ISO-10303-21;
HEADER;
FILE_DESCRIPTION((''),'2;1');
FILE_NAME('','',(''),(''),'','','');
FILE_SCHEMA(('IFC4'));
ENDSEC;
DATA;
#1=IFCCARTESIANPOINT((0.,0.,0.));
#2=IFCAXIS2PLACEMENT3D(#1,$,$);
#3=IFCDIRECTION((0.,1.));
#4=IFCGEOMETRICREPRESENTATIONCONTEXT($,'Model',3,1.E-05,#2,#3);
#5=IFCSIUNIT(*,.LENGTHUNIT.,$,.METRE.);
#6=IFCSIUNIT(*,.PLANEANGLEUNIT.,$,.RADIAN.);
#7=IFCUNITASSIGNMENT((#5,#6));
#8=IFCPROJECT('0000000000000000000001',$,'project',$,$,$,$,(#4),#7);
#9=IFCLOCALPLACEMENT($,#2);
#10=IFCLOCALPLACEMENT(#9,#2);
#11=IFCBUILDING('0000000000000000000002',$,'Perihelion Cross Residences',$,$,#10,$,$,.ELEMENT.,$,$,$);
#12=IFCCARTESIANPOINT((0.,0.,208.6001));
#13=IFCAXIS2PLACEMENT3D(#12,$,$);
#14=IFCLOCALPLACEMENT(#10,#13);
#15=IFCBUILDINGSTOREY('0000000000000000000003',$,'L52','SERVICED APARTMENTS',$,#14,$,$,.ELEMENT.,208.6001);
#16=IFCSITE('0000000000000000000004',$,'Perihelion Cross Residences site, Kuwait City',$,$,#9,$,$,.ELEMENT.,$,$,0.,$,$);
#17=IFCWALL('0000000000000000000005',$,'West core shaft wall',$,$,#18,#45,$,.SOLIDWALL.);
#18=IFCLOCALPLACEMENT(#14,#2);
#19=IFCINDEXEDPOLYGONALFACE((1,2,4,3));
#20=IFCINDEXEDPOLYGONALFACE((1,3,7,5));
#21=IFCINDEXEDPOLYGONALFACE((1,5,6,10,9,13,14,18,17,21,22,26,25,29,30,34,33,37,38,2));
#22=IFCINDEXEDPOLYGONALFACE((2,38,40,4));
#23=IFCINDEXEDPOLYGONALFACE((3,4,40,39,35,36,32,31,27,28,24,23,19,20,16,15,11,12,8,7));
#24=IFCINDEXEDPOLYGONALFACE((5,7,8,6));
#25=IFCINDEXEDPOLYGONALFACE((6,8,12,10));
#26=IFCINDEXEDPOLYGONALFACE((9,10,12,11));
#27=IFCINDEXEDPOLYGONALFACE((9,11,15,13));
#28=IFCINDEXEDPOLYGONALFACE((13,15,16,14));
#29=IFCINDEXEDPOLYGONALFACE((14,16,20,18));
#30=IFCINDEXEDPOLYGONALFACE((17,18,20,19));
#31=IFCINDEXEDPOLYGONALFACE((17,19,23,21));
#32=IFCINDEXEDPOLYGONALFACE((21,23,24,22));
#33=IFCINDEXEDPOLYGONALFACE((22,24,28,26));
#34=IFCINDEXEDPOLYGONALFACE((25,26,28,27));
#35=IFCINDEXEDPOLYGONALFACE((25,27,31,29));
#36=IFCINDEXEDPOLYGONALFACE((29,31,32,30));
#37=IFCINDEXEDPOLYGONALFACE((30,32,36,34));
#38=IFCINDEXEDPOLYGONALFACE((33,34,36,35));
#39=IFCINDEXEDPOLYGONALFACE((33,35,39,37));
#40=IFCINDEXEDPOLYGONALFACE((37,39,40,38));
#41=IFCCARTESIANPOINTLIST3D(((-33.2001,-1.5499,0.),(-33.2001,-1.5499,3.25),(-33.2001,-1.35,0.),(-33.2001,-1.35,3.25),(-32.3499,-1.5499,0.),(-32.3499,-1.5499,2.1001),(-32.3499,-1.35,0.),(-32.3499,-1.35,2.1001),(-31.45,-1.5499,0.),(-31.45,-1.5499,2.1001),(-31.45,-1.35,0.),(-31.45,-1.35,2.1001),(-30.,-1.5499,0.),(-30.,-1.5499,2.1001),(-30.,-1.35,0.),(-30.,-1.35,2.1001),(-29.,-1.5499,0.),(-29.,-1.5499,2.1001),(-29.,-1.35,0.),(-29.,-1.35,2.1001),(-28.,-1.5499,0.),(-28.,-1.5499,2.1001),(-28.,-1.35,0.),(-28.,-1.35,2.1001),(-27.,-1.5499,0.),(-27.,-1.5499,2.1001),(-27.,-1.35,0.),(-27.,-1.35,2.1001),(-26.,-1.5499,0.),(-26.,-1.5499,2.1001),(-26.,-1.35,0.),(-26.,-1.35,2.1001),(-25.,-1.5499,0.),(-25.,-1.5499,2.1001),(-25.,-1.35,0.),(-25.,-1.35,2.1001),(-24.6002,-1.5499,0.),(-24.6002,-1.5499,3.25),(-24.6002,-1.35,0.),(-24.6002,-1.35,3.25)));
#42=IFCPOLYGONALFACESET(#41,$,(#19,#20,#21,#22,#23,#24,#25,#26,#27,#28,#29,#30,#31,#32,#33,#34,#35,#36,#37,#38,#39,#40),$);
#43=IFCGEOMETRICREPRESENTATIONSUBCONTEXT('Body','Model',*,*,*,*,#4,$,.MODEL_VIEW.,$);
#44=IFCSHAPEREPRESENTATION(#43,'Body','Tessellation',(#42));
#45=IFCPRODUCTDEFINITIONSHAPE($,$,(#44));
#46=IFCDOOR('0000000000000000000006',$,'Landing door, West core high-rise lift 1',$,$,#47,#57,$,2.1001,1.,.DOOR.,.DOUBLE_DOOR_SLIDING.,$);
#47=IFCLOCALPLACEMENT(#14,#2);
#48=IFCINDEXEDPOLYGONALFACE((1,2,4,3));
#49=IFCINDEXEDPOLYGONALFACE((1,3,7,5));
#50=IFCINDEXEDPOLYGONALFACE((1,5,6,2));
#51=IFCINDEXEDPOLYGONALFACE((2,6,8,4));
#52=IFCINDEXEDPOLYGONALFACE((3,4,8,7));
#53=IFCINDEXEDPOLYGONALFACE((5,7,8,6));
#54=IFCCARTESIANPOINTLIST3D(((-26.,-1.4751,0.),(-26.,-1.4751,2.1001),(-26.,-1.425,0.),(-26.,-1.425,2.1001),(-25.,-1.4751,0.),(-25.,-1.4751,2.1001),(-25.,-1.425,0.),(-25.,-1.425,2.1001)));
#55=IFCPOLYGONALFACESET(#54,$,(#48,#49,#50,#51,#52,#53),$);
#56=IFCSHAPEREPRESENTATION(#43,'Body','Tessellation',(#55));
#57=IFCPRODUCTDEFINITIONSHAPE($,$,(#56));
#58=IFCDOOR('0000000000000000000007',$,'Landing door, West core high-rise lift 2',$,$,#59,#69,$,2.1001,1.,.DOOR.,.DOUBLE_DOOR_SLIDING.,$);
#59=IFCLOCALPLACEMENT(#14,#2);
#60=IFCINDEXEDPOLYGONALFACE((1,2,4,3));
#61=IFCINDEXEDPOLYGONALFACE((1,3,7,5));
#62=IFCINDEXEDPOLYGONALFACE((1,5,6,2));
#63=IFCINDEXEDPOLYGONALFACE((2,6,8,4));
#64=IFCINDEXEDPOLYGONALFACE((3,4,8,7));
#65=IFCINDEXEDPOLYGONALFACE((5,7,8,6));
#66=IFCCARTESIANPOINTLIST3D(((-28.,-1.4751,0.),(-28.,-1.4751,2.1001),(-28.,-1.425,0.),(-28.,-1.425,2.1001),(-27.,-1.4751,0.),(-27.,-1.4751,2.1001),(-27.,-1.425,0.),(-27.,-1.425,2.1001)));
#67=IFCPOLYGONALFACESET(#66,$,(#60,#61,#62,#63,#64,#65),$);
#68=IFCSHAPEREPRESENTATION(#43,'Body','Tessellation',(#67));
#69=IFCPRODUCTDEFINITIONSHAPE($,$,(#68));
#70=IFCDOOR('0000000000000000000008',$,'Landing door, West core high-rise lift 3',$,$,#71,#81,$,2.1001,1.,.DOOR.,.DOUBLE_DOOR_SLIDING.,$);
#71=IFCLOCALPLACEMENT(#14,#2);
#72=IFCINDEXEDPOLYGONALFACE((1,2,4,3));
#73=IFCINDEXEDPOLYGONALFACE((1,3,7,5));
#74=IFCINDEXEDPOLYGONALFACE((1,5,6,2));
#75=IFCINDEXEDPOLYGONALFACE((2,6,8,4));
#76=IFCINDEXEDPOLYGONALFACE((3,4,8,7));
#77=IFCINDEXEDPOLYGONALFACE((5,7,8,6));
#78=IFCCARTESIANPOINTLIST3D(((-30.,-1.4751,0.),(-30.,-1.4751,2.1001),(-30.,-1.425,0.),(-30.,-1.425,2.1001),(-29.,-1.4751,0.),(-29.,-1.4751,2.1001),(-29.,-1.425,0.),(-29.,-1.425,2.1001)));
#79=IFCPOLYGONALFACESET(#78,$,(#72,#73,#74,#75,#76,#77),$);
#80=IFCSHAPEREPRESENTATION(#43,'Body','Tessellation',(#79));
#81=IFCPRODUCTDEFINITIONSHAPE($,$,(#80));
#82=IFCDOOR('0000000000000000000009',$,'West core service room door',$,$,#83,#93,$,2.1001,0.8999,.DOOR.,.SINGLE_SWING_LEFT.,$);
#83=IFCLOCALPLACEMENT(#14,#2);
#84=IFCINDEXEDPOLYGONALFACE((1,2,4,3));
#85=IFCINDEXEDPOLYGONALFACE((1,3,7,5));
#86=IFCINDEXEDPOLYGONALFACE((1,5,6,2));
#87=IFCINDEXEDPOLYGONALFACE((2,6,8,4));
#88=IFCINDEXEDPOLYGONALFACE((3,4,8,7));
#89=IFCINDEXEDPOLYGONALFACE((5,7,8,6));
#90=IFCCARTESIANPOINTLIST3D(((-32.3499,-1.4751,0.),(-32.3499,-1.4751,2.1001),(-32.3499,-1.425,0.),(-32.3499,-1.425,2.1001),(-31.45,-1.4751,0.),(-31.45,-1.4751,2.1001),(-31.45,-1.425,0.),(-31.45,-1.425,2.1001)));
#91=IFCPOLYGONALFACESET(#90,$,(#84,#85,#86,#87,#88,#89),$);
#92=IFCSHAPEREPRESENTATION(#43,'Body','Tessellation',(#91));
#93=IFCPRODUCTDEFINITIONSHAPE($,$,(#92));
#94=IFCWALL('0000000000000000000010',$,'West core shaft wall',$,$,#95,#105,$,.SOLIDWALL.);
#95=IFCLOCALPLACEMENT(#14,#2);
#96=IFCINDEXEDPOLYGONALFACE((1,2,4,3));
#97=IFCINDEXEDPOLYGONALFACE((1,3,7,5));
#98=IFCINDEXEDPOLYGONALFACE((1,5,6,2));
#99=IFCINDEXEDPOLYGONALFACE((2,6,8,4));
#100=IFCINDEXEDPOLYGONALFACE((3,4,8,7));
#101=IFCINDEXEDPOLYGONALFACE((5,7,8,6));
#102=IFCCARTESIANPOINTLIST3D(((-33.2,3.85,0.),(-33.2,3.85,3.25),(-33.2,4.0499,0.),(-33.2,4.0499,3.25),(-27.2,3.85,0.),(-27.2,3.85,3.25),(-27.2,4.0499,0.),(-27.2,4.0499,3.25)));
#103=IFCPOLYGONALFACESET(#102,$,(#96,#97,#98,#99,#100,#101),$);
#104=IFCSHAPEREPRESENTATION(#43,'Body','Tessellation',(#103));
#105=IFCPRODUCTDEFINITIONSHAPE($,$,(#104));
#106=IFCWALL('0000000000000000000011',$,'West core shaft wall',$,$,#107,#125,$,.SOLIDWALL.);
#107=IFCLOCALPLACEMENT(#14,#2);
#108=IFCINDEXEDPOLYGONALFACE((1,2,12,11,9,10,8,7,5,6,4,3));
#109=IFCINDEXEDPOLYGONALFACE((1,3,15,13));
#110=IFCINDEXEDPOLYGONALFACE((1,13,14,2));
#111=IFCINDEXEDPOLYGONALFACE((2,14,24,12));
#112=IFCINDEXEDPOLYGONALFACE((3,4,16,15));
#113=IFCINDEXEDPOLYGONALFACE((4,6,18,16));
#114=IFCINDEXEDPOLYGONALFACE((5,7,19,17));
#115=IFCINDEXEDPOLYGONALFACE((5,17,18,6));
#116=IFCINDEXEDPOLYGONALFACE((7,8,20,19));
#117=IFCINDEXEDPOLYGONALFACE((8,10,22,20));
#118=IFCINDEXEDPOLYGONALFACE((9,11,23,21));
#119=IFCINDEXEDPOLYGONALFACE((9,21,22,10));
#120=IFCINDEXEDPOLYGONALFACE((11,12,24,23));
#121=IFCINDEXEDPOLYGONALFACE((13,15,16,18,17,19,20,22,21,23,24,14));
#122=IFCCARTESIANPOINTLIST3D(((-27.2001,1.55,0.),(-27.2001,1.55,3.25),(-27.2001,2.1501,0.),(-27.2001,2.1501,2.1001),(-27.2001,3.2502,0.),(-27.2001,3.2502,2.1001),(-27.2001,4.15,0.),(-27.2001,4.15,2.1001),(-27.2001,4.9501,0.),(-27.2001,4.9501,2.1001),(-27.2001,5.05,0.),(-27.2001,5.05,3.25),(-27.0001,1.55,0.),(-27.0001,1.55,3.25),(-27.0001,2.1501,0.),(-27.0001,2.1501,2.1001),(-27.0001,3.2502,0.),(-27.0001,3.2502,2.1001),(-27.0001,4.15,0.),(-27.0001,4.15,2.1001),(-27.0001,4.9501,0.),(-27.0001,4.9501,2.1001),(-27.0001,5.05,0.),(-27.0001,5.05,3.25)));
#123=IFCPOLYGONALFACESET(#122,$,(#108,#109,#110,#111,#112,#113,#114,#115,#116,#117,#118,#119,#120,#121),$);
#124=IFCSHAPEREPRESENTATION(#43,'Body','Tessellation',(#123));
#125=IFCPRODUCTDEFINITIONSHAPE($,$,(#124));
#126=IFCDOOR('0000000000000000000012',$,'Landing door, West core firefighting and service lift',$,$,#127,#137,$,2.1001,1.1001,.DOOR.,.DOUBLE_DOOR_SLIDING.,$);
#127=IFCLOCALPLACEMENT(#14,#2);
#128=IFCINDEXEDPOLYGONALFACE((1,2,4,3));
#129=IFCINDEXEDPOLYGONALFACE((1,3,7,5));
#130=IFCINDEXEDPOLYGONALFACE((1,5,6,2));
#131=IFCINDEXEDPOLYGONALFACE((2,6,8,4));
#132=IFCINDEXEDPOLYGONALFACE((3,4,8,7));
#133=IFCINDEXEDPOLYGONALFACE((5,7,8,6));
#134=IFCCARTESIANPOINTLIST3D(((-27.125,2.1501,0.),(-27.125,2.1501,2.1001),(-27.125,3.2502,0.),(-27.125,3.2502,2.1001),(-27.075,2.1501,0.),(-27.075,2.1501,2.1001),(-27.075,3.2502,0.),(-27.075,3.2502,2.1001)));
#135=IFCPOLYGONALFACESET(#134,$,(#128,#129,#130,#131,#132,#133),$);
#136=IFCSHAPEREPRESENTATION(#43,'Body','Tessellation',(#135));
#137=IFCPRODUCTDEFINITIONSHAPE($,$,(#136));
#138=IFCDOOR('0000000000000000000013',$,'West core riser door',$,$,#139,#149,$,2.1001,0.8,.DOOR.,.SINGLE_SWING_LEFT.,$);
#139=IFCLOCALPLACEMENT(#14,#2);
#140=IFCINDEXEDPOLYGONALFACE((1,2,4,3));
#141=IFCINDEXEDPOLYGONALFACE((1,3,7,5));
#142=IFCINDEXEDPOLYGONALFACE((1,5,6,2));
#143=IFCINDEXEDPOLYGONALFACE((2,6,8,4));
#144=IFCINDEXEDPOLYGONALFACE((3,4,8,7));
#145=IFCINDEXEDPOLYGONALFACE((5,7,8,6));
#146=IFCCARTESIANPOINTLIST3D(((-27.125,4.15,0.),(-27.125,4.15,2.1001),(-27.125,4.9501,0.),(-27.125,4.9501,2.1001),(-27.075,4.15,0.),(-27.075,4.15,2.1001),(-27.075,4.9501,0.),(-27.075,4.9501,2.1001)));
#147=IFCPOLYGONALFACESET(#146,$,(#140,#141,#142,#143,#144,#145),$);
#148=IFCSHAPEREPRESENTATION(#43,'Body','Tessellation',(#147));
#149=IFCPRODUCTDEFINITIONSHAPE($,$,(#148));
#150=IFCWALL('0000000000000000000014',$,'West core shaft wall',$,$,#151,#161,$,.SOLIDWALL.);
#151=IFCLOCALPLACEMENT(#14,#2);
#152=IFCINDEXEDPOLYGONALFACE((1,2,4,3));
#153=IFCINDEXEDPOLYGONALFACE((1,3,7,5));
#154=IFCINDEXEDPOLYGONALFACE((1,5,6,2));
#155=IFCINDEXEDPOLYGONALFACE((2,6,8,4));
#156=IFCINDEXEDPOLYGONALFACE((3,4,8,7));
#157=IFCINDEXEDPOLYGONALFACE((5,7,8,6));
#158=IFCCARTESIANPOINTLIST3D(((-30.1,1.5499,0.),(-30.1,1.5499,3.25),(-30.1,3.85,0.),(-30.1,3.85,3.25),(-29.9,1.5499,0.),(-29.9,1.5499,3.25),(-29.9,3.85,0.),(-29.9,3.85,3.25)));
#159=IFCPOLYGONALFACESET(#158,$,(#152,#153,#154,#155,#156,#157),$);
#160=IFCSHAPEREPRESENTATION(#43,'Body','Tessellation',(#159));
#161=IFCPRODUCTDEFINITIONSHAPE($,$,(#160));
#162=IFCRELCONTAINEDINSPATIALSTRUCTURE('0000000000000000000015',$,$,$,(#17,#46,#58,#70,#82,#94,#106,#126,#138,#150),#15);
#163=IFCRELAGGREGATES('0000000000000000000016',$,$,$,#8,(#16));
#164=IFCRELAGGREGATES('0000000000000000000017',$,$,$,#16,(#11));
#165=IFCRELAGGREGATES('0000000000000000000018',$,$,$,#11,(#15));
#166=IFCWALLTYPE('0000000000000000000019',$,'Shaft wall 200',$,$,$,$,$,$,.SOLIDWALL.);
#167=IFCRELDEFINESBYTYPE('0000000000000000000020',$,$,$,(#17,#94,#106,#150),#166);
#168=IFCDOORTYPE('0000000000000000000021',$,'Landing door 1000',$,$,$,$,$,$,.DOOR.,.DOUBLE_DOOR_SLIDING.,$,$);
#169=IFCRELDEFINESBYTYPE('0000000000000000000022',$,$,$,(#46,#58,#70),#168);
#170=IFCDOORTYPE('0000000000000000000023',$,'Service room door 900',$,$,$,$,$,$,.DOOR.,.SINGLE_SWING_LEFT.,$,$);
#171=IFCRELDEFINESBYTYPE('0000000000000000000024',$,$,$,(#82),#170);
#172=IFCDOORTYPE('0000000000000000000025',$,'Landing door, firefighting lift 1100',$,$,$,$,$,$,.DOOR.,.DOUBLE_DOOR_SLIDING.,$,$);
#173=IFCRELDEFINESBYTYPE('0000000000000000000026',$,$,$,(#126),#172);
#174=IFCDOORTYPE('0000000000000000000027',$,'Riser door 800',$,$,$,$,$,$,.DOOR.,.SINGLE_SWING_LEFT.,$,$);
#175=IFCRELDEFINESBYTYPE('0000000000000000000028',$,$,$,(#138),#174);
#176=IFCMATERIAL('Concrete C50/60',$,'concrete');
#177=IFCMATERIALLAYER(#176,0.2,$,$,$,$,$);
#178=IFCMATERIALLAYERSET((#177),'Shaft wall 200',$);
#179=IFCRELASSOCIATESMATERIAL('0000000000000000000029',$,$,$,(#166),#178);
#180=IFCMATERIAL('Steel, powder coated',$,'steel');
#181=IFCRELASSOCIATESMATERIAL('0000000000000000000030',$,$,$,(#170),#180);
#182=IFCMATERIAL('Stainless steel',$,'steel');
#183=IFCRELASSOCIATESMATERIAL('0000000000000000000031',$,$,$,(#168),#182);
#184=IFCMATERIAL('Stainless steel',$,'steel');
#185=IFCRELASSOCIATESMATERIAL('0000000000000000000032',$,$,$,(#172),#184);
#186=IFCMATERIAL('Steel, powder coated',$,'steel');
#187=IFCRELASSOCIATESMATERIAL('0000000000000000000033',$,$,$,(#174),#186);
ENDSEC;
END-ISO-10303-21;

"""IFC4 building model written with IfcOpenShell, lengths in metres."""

from ifc_helpers import new_model, si_unit, direction, frame, frame_2d, origin, place, context, subcontext, project, spatial, rectangle, extrude, material, layer, layer_set, type_object, element, fill, save


model = new_model("IFC4")

# Units and contexts
model_context = context("Model", 3, precision=1e-05, world=origin(), true_north=direction((0.0, 1.0)))
body_context = subcontext(model_context, "Body", "Model", "MODEL_VIEW")
ifc_project = project(units=[si_unit("LENGTHUNIT", "METRE"), si_unit("PLANEANGLEUNIT", "RADIAN")], contexts=[model_context])

# Site, building, storey
site_placement = place(None, origin())
site = spatial("IfcSite", under=ifc_project, at=site_placement, Name="Perihelion Cross Residences site, Kuwait City", CompositionType="ELEMENT", RefElevation=0.0)
building_placement = place(site_placement, origin())
building = spatial("IfcBuilding", under=site, at=building_placement, Name="Perihelion Cross Residences", CompositionType="ELEMENT")
storey_placement = place(building_placement, frame((0.0, 0.0, 208.6001)))
storey = spatial("IfcBuildingStorey", under=building, at=storey_placement, Name="L52", Description="SERVICED APARTMENTS", CompositionType="ELEMENT", Elevation=208.6001)

# Wall, openings, doors
ifc_material_1 = material(Name="Concrete C50/60", Category="concrete")
ifc_layer_1 = layer(ifc_material_1, 0.2)
ifc_layer_set_1 = layer_set([ifc_layer_1], Name="Shaft wall 200")
wall_type_1 = type_object("IfcWallType", Name="Shaft wall 200", PredefinedType="SOLIDWALL", material=ifc_layer_set_1)
ifc_material_2 = material(Name="Steel, powder coated", Category="steel")
door_type_1 = type_object("IfcDoorType", Name="Service room door 900", OperationType="SINGLE_SWING_LEFT", PredefinedType="DOOR", material=ifc_material_2)
wall_1_placement = place(storey_placement, frame((-33.2, -1.45, 0.0), z_axis=(0.0, 0.0, 1.0), x_axis=(1.0, 0.0, 0.0)))
wall_1 = element("IfcWall", 1, at=wall_1_placement, inside=storey, type_object=wall_type_1, Name="West core shaft wall", PredefinedType="SOLIDWALL", context=body_context, shape_type="SweptSolid", body=[
    extrude(rectangle(XDim=8.5999, YDim=0.2, at=frame_2d((4.2998, 0.0))), origin(), (0.0, 0.0, 1.0), 3.25),
])
opening_1_placement = place(wall_1_placement, frame((7.2, 0.0, 0.0)))
opening_1 = element("IfcOpeningElement", 2, at=opening_1_placement, cuts=wall_1, PredefinedType="OPENING", context=body_context, shape_type="SweptSolid", body=[
    extrude(rectangle(XDim=1.0, YDim=2.1001, at=frame_2d((0.5, 1.05))), frame((0.0, 0.1099, 0.0), z_axis=(0.0, -1.0, 0.0), x_axis=(1.0, 0.0, 0.0)), (0.0, 0.0, 1.0), 0.22),
])
opening_2_placement = place(wall_1_placement, frame((5.2, 0.0, 0.0)))
opening_2 = element("IfcOpeningElement", 3, at=opening_2_placement, cuts=wall_1, PredefinedType="OPENING", context=body_context, shape_type="SweptSolid", body=[
    extrude(rectangle(XDim=1.0, YDim=2.1001, at=frame_2d((0.5, 1.05))), frame((0.0, 0.1099, 0.0), z_axis=(0.0, -1.0, 0.0), x_axis=(1.0, 0.0, 0.0)), (0.0, 0.0, 1.0), 0.22),
])
opening_3_placement = place(wall_1_placement, frame((3.2, 0.0, 0.0)))
opening_3 = element("IfcOpeningElement", 4, at=opening_3_placement, cuts=wall_1, PredefinedType="OPENING", context=body_context, shape_type="SweptSolid", body=[
    extrude(rectangle(XDim=1.0, YDim=2.1001, at=frame_2d((0.5, 1.05))), frame((0.0, 0.1099, 0.0), z_axis=(0.0, -1.0, 0.0), x_axis=(1.0, 0.0, 0.0)), (0.0, 0.0, 1.0), 0.22),
])
opening_4_placement = place(wall_1_placement, frame((0.8501, 0.0, 0.0)))
opening_4 = element("IfcOpeningElement", 5, at=opening_4_placement, cuts=wall_1, PredefinedType="OPENING", context=body_context, shape_type="SweptSolid", body=[
    extrude(rectangle(XDim=0.8999, YDim=2.1001, at=frame_2d((0.45, 1.05))), frame((0.0, 0.1099, 0.0), z_axis=(0.0, -1.0, 0.0), x_axis=(1.0, 0.0, 0.0)), (0.0, 0.0, 1.0), 0.22),
])
ifc_material_3 = material(Name="Stainless steel", Category="steel")
door_type_2 = type_object("IfcDoorType", Name="Landing door 1000", OperationType="DOUBLE_DOOR_SLIDING", PredefinedType="DOOR", material=ifc_material_3)
door_1_placement = place(opening_1_placement, origin())
door_1 = element("IfcDoor", 6, at=door_1_placement, inside=storey, type_object=door_type_2, Name="Landing door, West core high-rise lift 1", OperationType="DOUBLE_DOOR_SLIDING", OverallHeight=2.1001, OverallWidth=1.0, PredefinedType="DOOR", context=body_context, shape_type="SweptSolid", body=[
    extrude(rectangle(XDim=1.0, YDim=2.1001, at=frame_2d((0.5, 1.05))), frame((0.0, 0.0249, 0.0), z_axis=(0.0, -1.0, 0.0), x_axis=(1.0, 0.0, 0.0)), (0.0, 0.0, 1.0), 0.05),
])
fill(opening_1, door_1)
door_2_placement = place(opening_2_placement, origin())
door_2 = element("IfcDoor", 7, at=door_2_placement, inside=storey, type_object=door_type_2, Name="Landing door, West core high-rise lift 2", OperationType="DOUBLE_DOOR_SLIDING", OverallHeight=2.1001, OverallWidth=1.0, PredefinedType="DOOR", context=body_context, shape_type="SweptSolid", body=[
    extrude(rectangle(XDim=1.0, YDim=2.1001, at=frame_2d((0.5, 1.05))), frame((0.0, 0.0249, 0.0), z_axis=(0.0, -1.0, 0.0), x_axis=(1.0, 0.0, 0.0)), (0.0, 0.0, 1.0), 0.05),
])
fill(opening_2, door_2)
door_3_placement = place(opening_3_placement, origin())
door_3 = element("IfcDoor", 8, at=door_3_placement, inside=storey, type_object=door_type_2, Name="Landing door, West core high-rise lift 3", OperationType="DOUBLE_DOOR_SLIDING", OverallHeight=2.1001, OverallWidth=1.0, PredefinedType="DOOR", context=body_context, shape_type="SweptSolid", body=[
    extrude(rectangle(XDim=1.0, YDim=2.1001, at=frame_2d((0.5, 1.05))), frame((0.0, 0.0249, 0.0), z_axis=(0.0, -1.0, 0.0), x_axis=(1.0, 0.0, 0.0)), (0.0, 0.0, 1.0), 0.05),
])
fill(opening_3, door_3)
door_4_placement = place(opening_4_placement, origin())
door_4 = element("IfcDoor", 9, at=door_4_placement, inside=storey, type_object=door_type_1, Name="West core service room door", OperationType="SINGLE_SWING_LEFT", OverallHeight=2.1001, OverallWidth=0.8999, PredefinedType="DOOR", context=body_context, shape_type="SweptSolid", body=[
    extrude(rectangle(XDim=0.8999, YDim=2.1001, at=frame_2d((0.45, 1.05))), frame((0.0, 0.0249, 0.0), z_axis=(0.0, -1.0, 0.0), x_axis=(1.0, 0.0, 0.0)), (0.0, 0.0, 1.0), 0.05),
])
fill(opening_4, door_4)

# Wall
wall_2_placement = place(storey_placement, frame((-33.2, 3.95, 0.0), z_axis=(0.0, 0.0, 1.0), x_axis=(1.0, 0.0, 0.0)))
element("IfcWall", 10, at=wall_2_placement, inside=storey, type_object=wall_type_1, Name="West core shaft wall", PredefinedType="SOLIDWALL", context=body_context, shape_type="SweptSolid", body=[
    extrude(rectangle(XDim=6.0, YDim=0.2, at=frame_2d((3.0, 0.0))), origin(), (0.0, 0.0, 1.0), 3.25),
])

# Wall, openings, doors
wall_3_placement = place(storey_placement, frame((-27.1001, 1.55, 0.0), z_axis=(0.0, 0.0, 1.0), x_axis=(0.0, 1.0, 0.0)))
wall_3 = element("IfcWall", 11, at=wall_3_placement, inside=storey, type_object=wall_type_1, Name="West core shaft wall", PredefinedType="SOLIDWALL", context=body_context, shape_type="SweptSolid", body=[
    extrude(rectangle(XDim=3.5, YDim=0.2, at=frame_2d((1.75, 0.0))), origin(), (0.0, 0.0, 1.0), 3.25),
])
opening_5_placement = place(wall_3_placement, frame((0.6001, 0.0, 0.0)))
opening_5 = element("IfcOpeningElement", 12, at=opening_5_placement, cuts=wall_3, PredefinedType="OPENING", context=body_context, shape_type="SweptSolid", body=[
    extrude(rectangle(XDim=1.1001, YDim=2.1001, at=frame_2d((0.55, 1.05))), frame((0.0, 0.1099, 0.0), z_axis=(0.0, -1.0, 0.0), x_axis=(1.0, 0.0, 0.0)), (0.0, 0.0, 1.0), 0.22),
])
opening_6_placement = place(wall_3_placement, frame((2.6001, 0.0, 0.0)))
opening_6 = element("IfcOpeningElement", 13, at=opening_6_placement, cuts=wall_3, PredefinedType="OPENING", context=body_context, shape_type="SweptSolid", body=[
    extrude(rectangle(XDim=0.8, YDim=2.1001, at=frame_2d((0.3999, 1.05))), frame((0.0, 0.1099, 0.0), z_axis=(0.0, -1.0, 0.0), x_axis=(1.0, 0.0, 0.0)), (0.0, 0.0, 1.0), 0.22),
])
ifc_material_4 = material(Name="Stainless steel", Category="steel")
door_type_3 = type_object("IfcDoorType", Name="Landing door, firefighting lift 1100", OperationType="DOUBLE_DOOR_SLIDING", PredefinedType="DOOR", material=ifc_material_4)
door_5_placement = place(opening_5_placement, origin())
door_5 = element("IfcDoor", 14, at=door_5_placement, inside=storey, type_object=door_type_3, Name="Landing door, West core firefighting and service lift", OperationType="DOUBLE_DOOR_SLIDING", OverallHeight=2.1001, OverallWidth=1.1001, PredefinedType="DOOR", context=body_context, shape_type="SweptSolid", body=[
    extrude(rectangle(XDim=1.1001, YDim=2.1001, at=frame_2d((0.55, 1.05))), frame((0.0, 0.0249, 0.0), z_axis=(0.0, -1.0, 0.0), x_axis=(1.0, 0.0, 0.0)), (0.0, 0.0, 1.0), 0.05),
])
fill(opening_5, door_5)
ifc_material_5 = material(Name="Steel, powder coated", Category="steel")
door_type_4 = type_object("IfcDoorType", Name="Riser door 800", OperationType="SINGLE_SWING_LEFT", PredefinedType="DOOR", material=ifc_material_5)
door_6_placement = place(opening_6_placement, origin())
door_6 = element("IfcDoor", 15, at=door_6_placement, inside=storey, type_object=door_type_4, Name="West core riser door", OperationType="SINGLE_SWING_LEFT", OverallHeight=2.1001, OverallWidth=0.8, PredefinedType="DOOR", context=body_context, shape_type="SweptSolid", body=[
    extrude(rectangle(XDim=0.8, YDim=2.1001, at=frame_2d((0.3999, 1.05))), frame((0.0, 0.0249, 0.0), z_axis=(0.0, -1.0, 0.0), x_axis=(1.0, 0.0, 0.0)), (0.0, 0.0, 1.0), 0.05),
])
fill(opening_6, door_6)

# Wall
for number, where, z_axis, x_axis, name in (
    (16, (-30.0, 1.55, 0.0), (0.0, 0.0, 1.0), (0.0, 1.0, 0.0), "West core shaft wall"),
):
    element("IfcWall", number, at=place(storey_placement, frame(where, z_axis=z_axis, x_axis=x_axis)), inside=storey, type_object=wall_type_1, Name=name, PredefinedType="SOLIDWALL", context=body_context, shape_type="SweptSolid", body=[
        extrude(rectangle(XDim=2.3, YDim=0.2, at=frame_2d((1.1499, 0.0))), origin(), (0.0, 0.0, 1.0), 3.25),
    ])

save(model, "model.ifc")
